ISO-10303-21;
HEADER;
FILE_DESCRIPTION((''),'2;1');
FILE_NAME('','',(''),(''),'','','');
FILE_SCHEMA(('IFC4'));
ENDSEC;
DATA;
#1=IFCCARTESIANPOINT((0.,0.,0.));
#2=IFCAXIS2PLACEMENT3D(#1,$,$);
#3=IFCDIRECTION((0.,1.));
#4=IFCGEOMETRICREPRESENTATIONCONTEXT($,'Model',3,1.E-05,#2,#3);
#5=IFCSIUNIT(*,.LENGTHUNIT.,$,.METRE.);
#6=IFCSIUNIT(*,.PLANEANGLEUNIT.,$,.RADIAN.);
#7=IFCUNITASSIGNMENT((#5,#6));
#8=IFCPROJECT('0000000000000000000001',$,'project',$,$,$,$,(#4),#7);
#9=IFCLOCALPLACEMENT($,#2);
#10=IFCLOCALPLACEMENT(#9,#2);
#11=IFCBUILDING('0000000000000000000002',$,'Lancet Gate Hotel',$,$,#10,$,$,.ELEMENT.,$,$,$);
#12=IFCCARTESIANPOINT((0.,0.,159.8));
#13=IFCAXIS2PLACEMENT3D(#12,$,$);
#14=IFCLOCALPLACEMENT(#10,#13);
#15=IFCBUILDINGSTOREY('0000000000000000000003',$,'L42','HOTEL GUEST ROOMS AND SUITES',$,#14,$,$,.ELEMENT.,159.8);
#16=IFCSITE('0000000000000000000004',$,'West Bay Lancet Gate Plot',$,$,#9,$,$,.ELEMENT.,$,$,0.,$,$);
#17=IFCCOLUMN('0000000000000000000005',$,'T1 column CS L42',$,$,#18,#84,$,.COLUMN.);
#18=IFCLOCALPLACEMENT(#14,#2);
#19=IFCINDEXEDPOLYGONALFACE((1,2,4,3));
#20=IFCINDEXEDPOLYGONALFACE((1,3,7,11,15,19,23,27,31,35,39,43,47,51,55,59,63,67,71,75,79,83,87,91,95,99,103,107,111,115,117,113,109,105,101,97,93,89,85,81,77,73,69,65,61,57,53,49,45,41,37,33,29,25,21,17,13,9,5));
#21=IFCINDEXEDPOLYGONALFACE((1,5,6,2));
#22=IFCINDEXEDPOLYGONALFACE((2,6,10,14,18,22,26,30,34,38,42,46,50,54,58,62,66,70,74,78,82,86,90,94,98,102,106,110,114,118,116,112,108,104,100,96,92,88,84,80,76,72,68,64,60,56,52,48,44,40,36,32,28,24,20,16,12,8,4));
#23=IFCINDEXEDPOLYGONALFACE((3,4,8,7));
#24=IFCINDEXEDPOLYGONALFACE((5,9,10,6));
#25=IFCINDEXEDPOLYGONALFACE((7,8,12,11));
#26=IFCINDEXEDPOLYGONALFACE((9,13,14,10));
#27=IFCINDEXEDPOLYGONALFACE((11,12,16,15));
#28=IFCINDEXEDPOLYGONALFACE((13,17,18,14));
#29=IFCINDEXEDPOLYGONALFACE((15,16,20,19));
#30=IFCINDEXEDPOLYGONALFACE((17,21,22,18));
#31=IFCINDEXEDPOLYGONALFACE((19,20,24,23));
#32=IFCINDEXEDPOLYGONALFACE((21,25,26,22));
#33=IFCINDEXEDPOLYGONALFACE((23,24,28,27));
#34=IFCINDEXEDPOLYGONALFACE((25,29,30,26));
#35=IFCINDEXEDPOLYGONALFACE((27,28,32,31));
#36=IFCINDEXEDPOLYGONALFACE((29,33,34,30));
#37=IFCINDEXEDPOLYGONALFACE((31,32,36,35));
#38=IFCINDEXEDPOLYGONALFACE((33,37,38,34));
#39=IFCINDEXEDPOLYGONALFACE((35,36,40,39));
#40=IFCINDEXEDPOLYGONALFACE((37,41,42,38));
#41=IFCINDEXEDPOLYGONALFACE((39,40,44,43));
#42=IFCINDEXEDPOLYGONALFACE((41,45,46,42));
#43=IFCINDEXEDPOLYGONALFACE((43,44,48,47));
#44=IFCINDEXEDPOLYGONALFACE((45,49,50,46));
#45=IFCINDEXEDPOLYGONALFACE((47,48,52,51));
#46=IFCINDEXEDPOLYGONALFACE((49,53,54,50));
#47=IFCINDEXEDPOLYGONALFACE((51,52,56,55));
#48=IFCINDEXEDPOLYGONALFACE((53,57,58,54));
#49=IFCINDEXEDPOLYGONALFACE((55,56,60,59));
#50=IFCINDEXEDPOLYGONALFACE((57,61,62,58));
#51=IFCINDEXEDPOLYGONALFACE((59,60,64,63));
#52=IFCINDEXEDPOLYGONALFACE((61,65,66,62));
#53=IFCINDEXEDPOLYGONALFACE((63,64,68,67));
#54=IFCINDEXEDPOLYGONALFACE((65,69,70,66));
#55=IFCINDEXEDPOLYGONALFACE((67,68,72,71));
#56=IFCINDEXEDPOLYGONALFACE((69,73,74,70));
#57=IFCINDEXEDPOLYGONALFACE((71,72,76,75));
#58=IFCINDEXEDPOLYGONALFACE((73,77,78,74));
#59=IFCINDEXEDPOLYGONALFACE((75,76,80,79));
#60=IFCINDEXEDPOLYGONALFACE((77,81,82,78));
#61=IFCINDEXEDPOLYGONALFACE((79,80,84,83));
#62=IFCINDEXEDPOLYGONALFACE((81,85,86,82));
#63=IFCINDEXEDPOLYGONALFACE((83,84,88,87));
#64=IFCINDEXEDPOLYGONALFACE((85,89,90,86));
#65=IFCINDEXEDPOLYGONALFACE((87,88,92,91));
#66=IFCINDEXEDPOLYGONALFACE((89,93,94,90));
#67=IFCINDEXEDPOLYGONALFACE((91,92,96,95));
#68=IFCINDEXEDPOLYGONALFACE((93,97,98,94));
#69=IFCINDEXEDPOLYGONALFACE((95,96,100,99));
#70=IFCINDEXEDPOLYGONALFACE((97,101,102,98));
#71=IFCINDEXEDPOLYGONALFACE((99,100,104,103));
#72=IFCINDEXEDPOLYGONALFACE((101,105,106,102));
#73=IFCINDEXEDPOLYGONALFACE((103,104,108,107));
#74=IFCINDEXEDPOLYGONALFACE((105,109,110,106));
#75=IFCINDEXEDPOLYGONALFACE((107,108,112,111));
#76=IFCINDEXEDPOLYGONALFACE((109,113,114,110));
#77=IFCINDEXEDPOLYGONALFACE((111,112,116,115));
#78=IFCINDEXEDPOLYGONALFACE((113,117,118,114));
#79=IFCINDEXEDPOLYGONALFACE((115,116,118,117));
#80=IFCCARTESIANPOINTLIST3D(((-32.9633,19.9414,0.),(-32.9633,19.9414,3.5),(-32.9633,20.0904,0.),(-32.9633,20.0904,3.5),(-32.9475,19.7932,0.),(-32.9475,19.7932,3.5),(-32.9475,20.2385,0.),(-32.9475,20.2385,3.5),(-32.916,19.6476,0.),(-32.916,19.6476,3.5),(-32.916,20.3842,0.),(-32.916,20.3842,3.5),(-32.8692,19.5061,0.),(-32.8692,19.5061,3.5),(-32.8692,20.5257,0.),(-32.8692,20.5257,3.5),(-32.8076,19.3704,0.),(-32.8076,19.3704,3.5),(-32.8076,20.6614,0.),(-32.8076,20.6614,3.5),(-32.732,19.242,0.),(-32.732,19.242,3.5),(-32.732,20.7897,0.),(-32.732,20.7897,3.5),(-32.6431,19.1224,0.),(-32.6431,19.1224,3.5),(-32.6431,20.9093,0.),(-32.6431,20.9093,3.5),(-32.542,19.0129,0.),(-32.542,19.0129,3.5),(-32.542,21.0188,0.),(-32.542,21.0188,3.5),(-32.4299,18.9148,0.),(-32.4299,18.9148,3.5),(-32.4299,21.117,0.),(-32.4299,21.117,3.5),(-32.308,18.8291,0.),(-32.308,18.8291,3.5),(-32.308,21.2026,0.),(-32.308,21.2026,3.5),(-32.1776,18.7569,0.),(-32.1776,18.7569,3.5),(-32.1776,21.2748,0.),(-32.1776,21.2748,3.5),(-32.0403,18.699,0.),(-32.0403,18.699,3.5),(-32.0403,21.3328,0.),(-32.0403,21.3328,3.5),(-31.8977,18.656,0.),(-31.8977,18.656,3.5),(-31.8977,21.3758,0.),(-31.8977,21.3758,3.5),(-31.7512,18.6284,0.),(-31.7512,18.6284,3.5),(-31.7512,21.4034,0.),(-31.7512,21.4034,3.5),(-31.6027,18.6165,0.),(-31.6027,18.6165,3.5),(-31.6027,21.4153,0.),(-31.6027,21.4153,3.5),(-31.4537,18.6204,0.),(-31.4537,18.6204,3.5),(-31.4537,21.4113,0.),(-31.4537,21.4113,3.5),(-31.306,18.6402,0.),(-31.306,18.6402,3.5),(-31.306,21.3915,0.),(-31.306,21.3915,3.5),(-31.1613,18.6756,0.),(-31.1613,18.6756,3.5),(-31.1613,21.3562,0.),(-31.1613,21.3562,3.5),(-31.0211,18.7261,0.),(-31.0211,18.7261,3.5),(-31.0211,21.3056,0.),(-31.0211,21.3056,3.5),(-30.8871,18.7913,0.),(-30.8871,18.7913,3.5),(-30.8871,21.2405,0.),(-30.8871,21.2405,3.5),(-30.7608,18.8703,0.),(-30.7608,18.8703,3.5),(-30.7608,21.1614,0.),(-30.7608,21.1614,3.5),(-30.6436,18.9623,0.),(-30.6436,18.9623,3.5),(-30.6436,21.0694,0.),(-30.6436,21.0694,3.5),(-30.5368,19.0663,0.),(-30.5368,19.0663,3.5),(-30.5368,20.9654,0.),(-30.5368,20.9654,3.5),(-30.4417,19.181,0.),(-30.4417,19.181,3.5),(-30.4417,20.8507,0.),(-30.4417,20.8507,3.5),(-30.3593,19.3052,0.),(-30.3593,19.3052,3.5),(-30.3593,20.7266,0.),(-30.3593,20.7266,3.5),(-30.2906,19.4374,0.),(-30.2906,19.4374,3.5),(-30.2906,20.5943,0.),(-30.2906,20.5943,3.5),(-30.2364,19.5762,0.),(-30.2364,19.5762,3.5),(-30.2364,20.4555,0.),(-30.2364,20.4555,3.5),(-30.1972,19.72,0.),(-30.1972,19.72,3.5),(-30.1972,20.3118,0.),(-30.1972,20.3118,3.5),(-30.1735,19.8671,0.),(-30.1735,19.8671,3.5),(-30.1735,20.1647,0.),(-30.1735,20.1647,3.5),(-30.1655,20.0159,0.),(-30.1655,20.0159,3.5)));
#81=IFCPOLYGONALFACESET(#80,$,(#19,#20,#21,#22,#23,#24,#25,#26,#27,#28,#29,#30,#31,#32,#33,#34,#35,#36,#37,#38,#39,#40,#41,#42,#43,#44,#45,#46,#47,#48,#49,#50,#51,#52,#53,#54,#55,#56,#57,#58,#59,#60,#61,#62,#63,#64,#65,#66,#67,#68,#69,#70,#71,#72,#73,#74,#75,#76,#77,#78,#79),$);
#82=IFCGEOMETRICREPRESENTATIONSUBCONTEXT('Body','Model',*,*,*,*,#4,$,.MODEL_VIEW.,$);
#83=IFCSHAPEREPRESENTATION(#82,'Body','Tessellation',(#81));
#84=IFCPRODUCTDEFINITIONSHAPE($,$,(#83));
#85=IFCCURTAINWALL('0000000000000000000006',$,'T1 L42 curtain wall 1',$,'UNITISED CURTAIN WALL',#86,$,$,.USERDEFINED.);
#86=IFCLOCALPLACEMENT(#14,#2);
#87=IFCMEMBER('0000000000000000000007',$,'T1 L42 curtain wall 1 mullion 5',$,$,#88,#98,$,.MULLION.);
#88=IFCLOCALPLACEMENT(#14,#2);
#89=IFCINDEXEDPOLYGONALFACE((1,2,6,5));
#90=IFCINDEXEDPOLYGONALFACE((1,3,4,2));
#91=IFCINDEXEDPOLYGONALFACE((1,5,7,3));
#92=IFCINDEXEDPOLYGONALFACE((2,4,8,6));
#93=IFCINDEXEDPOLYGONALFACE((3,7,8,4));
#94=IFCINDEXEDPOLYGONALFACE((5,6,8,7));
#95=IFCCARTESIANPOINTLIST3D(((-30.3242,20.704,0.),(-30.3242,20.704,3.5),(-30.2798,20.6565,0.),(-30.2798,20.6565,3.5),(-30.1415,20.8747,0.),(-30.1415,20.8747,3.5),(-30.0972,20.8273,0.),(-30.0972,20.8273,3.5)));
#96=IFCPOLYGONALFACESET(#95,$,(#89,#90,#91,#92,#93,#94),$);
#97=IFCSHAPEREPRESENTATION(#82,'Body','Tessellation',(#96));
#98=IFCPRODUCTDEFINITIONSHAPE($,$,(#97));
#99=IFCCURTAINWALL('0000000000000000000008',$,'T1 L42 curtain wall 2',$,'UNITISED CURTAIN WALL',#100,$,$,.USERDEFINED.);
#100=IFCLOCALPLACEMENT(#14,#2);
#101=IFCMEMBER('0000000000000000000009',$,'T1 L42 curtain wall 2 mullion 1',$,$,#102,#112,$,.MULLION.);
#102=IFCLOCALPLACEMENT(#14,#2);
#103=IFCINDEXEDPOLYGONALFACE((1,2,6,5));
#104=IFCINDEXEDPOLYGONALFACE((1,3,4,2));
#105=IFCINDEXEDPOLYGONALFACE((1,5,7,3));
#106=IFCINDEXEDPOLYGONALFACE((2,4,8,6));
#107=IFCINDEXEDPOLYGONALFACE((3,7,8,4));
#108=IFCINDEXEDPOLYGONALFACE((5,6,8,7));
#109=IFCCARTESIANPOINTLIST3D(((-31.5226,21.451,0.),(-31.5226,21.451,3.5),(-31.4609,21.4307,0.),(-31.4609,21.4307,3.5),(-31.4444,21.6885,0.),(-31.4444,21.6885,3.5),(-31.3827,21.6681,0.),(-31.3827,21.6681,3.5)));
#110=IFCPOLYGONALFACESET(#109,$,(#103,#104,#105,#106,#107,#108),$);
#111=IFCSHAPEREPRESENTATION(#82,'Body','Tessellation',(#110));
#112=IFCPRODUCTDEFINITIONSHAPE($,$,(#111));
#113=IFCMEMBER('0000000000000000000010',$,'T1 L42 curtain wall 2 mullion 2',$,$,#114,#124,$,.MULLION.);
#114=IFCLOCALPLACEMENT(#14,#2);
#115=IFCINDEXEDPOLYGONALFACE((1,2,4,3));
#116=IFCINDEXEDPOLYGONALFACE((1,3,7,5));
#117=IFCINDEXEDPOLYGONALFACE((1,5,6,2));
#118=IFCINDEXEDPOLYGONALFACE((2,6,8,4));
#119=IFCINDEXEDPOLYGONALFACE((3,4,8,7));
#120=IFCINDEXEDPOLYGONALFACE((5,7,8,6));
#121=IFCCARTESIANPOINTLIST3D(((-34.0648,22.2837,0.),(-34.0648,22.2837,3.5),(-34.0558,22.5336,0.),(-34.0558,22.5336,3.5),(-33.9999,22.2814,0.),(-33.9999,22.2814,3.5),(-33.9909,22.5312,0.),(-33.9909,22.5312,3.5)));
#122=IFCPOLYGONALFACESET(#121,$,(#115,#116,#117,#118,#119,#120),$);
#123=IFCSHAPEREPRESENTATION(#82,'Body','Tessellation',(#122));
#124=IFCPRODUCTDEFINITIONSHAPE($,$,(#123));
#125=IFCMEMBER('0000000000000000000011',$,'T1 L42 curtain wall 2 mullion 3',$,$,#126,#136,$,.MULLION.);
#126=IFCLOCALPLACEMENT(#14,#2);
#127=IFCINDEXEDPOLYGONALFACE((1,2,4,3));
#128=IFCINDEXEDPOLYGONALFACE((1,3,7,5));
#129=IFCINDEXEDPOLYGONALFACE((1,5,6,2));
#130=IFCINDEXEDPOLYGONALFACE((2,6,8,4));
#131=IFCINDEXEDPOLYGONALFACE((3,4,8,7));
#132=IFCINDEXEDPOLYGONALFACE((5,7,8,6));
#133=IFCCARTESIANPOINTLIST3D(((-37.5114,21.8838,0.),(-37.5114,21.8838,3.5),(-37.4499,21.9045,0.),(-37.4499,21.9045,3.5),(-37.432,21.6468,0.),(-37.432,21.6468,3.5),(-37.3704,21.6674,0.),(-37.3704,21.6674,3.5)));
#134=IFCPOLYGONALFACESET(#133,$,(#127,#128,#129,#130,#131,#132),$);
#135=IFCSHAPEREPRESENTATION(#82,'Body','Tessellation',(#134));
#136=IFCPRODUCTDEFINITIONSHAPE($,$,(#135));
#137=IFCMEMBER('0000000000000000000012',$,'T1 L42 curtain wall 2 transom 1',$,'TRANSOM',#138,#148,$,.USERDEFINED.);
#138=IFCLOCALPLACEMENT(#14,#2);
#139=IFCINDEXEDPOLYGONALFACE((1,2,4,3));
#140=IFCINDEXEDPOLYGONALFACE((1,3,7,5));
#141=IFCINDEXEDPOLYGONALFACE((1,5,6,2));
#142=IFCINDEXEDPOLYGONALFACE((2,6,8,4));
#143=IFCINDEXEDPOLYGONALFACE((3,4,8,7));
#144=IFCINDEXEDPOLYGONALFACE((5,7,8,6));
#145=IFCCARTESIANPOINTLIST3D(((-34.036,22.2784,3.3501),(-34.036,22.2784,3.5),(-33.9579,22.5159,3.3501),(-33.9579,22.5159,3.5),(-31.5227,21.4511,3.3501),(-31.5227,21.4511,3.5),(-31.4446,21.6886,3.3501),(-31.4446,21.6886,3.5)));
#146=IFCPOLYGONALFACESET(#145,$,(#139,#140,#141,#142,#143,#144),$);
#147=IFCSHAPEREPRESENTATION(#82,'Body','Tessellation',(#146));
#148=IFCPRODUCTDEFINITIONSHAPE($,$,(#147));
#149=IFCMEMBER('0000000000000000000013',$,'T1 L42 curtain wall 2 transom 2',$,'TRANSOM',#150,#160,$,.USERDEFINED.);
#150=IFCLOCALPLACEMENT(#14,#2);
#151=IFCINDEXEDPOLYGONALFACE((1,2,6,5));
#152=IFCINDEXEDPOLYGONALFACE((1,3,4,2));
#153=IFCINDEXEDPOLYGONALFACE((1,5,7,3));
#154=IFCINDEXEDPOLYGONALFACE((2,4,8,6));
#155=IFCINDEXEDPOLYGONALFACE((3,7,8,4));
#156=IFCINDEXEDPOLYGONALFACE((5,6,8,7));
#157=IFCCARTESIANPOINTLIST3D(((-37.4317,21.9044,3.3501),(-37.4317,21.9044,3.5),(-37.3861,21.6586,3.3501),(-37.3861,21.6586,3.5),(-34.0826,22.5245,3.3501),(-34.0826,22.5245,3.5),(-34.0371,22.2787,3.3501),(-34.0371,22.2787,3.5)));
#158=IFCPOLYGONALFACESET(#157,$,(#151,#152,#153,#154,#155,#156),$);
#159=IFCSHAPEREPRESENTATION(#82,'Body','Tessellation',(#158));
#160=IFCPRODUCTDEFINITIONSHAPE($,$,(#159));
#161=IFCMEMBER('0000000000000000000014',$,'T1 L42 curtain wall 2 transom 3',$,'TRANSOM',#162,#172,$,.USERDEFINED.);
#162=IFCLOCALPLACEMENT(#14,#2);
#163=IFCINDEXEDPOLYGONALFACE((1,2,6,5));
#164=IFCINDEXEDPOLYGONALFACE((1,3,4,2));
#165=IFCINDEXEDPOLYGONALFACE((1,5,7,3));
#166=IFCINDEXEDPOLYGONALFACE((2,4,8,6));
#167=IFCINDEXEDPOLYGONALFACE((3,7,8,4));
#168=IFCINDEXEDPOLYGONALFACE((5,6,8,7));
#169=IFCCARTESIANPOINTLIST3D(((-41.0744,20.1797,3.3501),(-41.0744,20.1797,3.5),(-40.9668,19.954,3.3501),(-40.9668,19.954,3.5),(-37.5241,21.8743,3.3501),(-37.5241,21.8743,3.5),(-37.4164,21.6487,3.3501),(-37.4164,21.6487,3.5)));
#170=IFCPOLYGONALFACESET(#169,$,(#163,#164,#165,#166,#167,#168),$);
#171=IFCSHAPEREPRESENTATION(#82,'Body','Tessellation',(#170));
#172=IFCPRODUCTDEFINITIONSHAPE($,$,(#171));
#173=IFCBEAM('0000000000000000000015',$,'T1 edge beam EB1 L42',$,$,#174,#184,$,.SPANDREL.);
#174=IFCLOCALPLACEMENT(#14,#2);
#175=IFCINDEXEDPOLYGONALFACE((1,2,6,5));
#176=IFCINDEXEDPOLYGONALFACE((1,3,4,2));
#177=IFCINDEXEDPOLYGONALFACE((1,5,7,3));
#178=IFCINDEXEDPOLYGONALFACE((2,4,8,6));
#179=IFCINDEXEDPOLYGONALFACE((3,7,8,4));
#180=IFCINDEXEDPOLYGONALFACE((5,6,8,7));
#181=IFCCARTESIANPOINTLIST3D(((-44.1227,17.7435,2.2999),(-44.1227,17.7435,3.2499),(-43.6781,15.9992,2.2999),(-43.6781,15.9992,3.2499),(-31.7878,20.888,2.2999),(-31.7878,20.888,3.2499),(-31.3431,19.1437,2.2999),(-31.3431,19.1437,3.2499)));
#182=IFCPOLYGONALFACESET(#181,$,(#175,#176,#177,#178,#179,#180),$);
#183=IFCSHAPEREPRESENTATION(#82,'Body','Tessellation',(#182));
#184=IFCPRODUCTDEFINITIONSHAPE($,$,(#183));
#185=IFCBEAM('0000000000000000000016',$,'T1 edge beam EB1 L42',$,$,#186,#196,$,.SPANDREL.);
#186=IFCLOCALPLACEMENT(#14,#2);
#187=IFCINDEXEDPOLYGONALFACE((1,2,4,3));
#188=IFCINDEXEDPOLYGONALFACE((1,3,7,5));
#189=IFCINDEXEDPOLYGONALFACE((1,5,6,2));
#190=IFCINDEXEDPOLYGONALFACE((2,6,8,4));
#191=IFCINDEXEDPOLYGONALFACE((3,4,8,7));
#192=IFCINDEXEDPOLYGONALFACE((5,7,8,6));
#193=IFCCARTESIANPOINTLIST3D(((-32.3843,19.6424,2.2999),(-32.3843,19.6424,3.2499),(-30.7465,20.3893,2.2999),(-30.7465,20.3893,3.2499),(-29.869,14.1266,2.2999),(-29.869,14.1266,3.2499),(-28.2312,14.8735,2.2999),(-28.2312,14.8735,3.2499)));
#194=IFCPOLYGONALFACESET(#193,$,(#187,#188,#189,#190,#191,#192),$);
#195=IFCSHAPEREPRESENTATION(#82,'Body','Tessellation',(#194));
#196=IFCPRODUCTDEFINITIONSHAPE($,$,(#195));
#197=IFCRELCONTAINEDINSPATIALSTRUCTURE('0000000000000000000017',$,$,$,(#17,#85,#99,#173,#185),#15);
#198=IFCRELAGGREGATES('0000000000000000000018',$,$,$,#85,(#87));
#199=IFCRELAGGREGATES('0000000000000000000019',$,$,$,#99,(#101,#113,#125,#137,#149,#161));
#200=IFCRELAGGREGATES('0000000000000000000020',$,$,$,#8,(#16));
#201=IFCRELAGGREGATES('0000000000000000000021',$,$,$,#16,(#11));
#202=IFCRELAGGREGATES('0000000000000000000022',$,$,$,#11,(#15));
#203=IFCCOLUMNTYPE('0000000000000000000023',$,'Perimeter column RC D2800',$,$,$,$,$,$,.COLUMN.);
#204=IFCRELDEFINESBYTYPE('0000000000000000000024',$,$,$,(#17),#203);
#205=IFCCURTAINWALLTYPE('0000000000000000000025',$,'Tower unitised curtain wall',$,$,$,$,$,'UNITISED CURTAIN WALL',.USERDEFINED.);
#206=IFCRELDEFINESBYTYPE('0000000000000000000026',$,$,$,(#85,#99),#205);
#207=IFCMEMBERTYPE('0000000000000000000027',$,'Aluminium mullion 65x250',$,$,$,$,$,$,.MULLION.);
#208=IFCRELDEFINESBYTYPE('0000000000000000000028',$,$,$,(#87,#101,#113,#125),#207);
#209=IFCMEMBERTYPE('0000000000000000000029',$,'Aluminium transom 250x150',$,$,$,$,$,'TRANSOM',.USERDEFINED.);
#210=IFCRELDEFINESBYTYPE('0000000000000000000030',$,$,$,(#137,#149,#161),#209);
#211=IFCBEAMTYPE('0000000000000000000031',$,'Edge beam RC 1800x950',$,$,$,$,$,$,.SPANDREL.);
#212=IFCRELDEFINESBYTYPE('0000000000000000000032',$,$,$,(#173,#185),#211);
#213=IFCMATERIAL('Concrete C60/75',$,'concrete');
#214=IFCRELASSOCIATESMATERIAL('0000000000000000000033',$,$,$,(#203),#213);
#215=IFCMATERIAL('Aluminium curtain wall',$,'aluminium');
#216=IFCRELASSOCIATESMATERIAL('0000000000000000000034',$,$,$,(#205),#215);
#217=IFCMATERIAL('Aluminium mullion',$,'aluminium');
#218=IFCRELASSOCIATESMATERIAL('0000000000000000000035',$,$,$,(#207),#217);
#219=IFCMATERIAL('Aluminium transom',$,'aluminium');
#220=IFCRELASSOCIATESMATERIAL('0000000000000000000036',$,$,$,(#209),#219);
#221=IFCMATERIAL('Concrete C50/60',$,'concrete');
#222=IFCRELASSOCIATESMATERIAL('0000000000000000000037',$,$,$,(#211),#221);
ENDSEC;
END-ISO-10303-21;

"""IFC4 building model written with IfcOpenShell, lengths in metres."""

from ifc_helpers import new_model, si_unit, direction, frame, origin, origin_2d, place, context, subcontext, project, spatial, rectangle, circle, extrude, material, material_profile, profile_set, type_object, element, aggregate, save


model = new_model("IFC4")

# Units and contexts
model_context = context("Model", 3, precision=1e-05, world=origin(), true_north=direction((0.0, 1.0)))
body_context = subcontext(model_context, "Body", "Model", "MODEL_VIEW")
ifc_project = project(units=[si_unit("LENGTHUNIT", "METRE"), si_unit("PLANEANGLEUNIT", "RADIAN")], contexts=[model_context])

# Site, building, storey
site_placement = place(None, origin())
site = spatial("IfcSite", under=ifc_project, at=site_placement, Name="West Bay Lancet Gate Plot", CompositionType="ELEMENT", RefElevation=0.0)
building_placement = place(site_placement, origin())
building = spatial("IfcBuilding", under=site, at=building_placement, Name="Lancet Gate Hotel", CompositionType="ELEMENT")
storey_placement = place(building_placement, frame((0.0, 0.0, 159.8)))
storey = spatial("IfcBuildingStorey", under=building, at=storey_placement, Name="L42", Description="HOTEL GUEST ROOMS AND SUITES", CompositionType="ELEMENT", Elevation=159.8)

# Column
ifc_material_1 = material(Name="Concrete C60/75", Category="concrete")
ifc_material_profile_1 = material_profile(ifc_material_1, circle(Radius=1.3999, at=origin_2d()), Name="RC D2800")
ifc_profile_set_1 = profile_set([ifc_material_profile_1], Name="Concrete C60/75")
column_type = type_object("IfcColumnType", Name="Perimeter column RC D2800", PredefinedType="COLUMN", material=ifc_profile_set_1)
column_placement = place(storey_placement, frame((-31.5654, 20.0159, 0.0), z_axis=(0.0, 0.0, 1.0), x_axis=(1.0, 0.0, 0.0)))
element("IfcColumn", 1, at=column_placement, inside=storey, type_object=column_type, Name="T1 column CS L42", PredefinedType="COLUMN", context=body_context, shape_type="SweptSolid", body=[
    extrude(circle(Radius=1.3999, at=origin_2d()), origin(), (0.0, 0.0, 1.0), 3.5),
])

# Curtain wall, member
ifc_material_2 = material(Name="Aluminium curtain wall", Category="aluminium")
curtain_wall_type = type_object("IfcCurtainWallType", Name="Tower unitised curtain wall", ElementType="UNITISED CURTAIN WALL", PredefinedType="USERDEFINED", material=ifc_material_2)
curtain_wall_1_placement = place(storey_placement, origin())
curtain_wall_1 = element("IfcCurtainWall", 2, at=curtain_wall_1_placement, inside=storey, type_object=curtain_wall_type, Name="T1 L42 curtain wall 1", ObjectType="UNITISED CURTAIN WALL", PredefinedType="USERDEFINED")
ifc_material_3 = material(Name="Aluminium mullion", Category="aluminium")
ifc_material_profile_2 = material_profile(ifc_material_3, rectangle(XDim=0.0649, YDim=0.25, at=origin_2d()), Name="MULLION 65x250")
ifc_profile_set_2 = profile_set([ifc_material_profile_2], Name="Aluminium mullion")
member_type_1 = type_object("IfcMemberType", Name="Aluminium mullion 65x250", PredefinedType="MULLION", material=ifc_profile_set_2)
member_1_placement = place(storey_placement, frame((-30.2107, 20.7656, 0.0), z_axis=(0.0, 0.0, 1.0), x_axis=(-0.682845, 0.730563, 0.0)))
member_1 = element("IfcMember", 3, at=member_1_placement, type_object=member_type_1, Name="T1 L42 curtain wall 1 mullion 5", PredefinedType="MULLION", context=body_context, shape_type="SweptSolid", body=[
    extrude(rectangle(XDim=0.0649, YDim=0.25, at=origin_2d()), origin(), (0.0, 0.0, 1.0), 3.5),
])
aggregate(curtain_wall_1, [member_1])

# Curtain wall, members
curtain_wall_2_placement = place(storey_placement, origin())
curtain_wall_2 = element("IfcCurtainWall", 4, at=curtain_wall_2_placement, inside=storey, type_object=curtain_wall_type, Name="T1 L42 curtain wall 2", ObjectType="UNITISED CURTAIN WALL", PredefinedType="USERDEFINED")
member_2_placement = place(storey_placement, frame((-31.4526, 21.5596, 0.0), z_axis=(0.0, 0.0, 1.0), x_axis=(-0.949848, 0.312712, 0.0)))
member_2 = element("IfcMember", 5, at=member_2_placement, type_object=member_type_1, Name="T1 L42 curtain wall 2 mullion 1", PredefinedType="MULLION", context=body_context, shape_type="SweptSolid", body=[
    extrude(rectangle(XDim=0.0649, YDim=0.25, at=origin_2d()), origin(), (0.0, 0.0, 1.0), 3.5),
])
member_3_placement = place(storey_placement, frame((-34.0278, 22.4075, 0.0), z_axis=(0.0, 0.0, 1.0), x_axis=(-0.99935, 0.036037, 0.0)))
member_3 = element("IfcMember", 6, at=member_3_placement, type_object=member_type_1, Name="T1 L42 curtain wall 2 mullion 2", PredefinedType="MULLION", context=body_context, shape_type="SweptSolid", body=[
    extrude(rectangle(XDim=0.0649, YDim=0.25, at=origin_2d()), origin(), (0.0, 0.0, 1.0), 3.5),
])
member_4_placement = place(storey_placement, frame((-37.4409, 21.7756, 0.0), z_axis=(0.0, 0.0, 1.0), x_axis=(-0.948119, -0.317915, 0.0)))
member_4 = element("IfcMember", 7, at=member_4_placement, type_object=member_type_1, Name="T1 L42 curtain wall 2 mullion 3", PredefinedType="MULLION", context=body_context, shape_type="SweptSolid", body=[
    extrude(rectangle(XDim=0.0649, YDim=0.25, at=origin_2d()), origin(), (0.0, 0.0, 1.0), 3.5),
])
ifc_material_4 = material(Name="Aluminium transom", Category="aluminium")
ifc_material_profile_3 = material_profile(ifc_material_4, rectangle(XDim=0.25, YDim=0.1499, at=origin_2d()), Name="TRANSOM 250x150")
ifc_profile_set_3 = profile_set([ifc_material_profile_3], Name="Aluminium transom")
member_type_2 = type_object("IfcMemberType", Name="Aluminium transom 250x150", ElementType="TRANSOM", PredefinedType="USERDEFINED", material=ifc_profile_set_3)
member_5_placement = place(storey_placement, frame((-31.4836, 21.5698, 3.425), z_axis=(-0.949858, 0.312683, 0.0), x_axis=(-0.312683, -0.949858, 0.0)))
member_5 = element("IfcMember", 8, at=member_5_placement, type_object=member_type_2, Name="T1 L42 curtain wall 2 transom 1", ObjectType="TRANSOM", PredefinedType="USERDEFINED", context=body_context, shape_type="SweptSolid", body=[
    extrude(rectangle(XDim=0.25, YDim=0.1499, at=origin_2d()), origin(), (0.0, 0.0, 1.0), 2.646),
])
member_6_placement = place(storey_placement, frame((-34.0598, 22.4016, 3.425), z_axis=(-0.983287, -0.182064, 0.0), x_axis=(0.182064, -0.983287, 0.0)))
member_6 = element("IfcMember", 9, at=member_6_placement, type_object=member_type_2, Name="T1 L42 curtain wall 2 transom 2", ObjectType="TRANSOM", PredefinedType="USERDEFINED", context=body_context, shape_type="SweptSolid", body=[
    extrude(rectangle(XDim=0.25, YDim=0.1499, at=origin_2d()), origin(), (0.0, 0.0, 1.0), 3.406),
])
member_7_placement = place(storey_placement, frame((-37.4702, 21.7615, 3.425), z_axis=(-0.902469, -0.430755, 0.0), x_axis=(0.430755, -0.902469, 0.0)))
member_7 = element("IfcMember", 10, at=member_7_placement, type_object=member_type_2, Name="T1 L42 curtain wall 2 transom 3", ObjectType="TRANSOM", PredefinedType="USERDEFINED", context=body_context, shape_type="SweptSolid", body=[
    extrude(rectangle(XDim=0.25, YDim=0.1499, at=origin_2d()), origin(), (0.0, 0.0, 1.0), 3.9341),
])

# Beams
ifc_material_5 = material(Name="Concrete C50/60", Category="concrete")
ifc_material_profile_4 = material_profile(ifc_material_5, rectangle(XDim=1.8, YDim=0.95, at=origin_2d()), Name="RC 1800x950")
ifc_profile_set_4 = profile_set([ifc_material_profile_4], Name="Concrete C50/60")
beam_type_1 = type_object("IfcBeamType", Name="Edge beam RC 1800x950", PredefinedType="SPANDREL", material=ifc_profile_set_4)
beam_1_placement = place(storey_placement, frame((-31.5654, 20.0159, 2.7749), z_axis=(-0.969008, -0.247028, 0.0), x_axis=(0.247028, -0.969008, 0.0)))
element("IfcBeam", 11, at=beam_1_placement, inside=storey, type_object=beam_type_1, Name="T1 edge beam EB1 L42", PredefinedType="SPANDREL", context=body_context, shape_type="SweptSolid", body=[
    extrude(rectangle(XDim=1.8, YDim=0.95, at=origin_2d()), origin(), (0.0, 0.0, 1.0), 12.7295),
])
beam_2_placement = place(storey_placement, frame((-31.5654, 20.0159, 2.7749), z_axis=(0.414919, -0.909858, 0.0), x_axis=(0.909858, 0.414919, 0.0)))
element("IfcBeam", 12, at=beam_2_placement, inside=storey, type_object=beam_type_1, Name="T1 edge beam EB1 L42", PredefinedType="SPANDREL", context=body_context, shape_type="SweptSolid", body=[
    extrude(rectangle(XDim=1.8, YDim=0.95, at=origin_2d()), origin(), (0.0, 0.0, 1.0), 6.0623),
])

aggregate(curtain_wall_2, [member_2, member_3, member_4, member_5, member_6, member_7])

save(model, "model.ifc")
